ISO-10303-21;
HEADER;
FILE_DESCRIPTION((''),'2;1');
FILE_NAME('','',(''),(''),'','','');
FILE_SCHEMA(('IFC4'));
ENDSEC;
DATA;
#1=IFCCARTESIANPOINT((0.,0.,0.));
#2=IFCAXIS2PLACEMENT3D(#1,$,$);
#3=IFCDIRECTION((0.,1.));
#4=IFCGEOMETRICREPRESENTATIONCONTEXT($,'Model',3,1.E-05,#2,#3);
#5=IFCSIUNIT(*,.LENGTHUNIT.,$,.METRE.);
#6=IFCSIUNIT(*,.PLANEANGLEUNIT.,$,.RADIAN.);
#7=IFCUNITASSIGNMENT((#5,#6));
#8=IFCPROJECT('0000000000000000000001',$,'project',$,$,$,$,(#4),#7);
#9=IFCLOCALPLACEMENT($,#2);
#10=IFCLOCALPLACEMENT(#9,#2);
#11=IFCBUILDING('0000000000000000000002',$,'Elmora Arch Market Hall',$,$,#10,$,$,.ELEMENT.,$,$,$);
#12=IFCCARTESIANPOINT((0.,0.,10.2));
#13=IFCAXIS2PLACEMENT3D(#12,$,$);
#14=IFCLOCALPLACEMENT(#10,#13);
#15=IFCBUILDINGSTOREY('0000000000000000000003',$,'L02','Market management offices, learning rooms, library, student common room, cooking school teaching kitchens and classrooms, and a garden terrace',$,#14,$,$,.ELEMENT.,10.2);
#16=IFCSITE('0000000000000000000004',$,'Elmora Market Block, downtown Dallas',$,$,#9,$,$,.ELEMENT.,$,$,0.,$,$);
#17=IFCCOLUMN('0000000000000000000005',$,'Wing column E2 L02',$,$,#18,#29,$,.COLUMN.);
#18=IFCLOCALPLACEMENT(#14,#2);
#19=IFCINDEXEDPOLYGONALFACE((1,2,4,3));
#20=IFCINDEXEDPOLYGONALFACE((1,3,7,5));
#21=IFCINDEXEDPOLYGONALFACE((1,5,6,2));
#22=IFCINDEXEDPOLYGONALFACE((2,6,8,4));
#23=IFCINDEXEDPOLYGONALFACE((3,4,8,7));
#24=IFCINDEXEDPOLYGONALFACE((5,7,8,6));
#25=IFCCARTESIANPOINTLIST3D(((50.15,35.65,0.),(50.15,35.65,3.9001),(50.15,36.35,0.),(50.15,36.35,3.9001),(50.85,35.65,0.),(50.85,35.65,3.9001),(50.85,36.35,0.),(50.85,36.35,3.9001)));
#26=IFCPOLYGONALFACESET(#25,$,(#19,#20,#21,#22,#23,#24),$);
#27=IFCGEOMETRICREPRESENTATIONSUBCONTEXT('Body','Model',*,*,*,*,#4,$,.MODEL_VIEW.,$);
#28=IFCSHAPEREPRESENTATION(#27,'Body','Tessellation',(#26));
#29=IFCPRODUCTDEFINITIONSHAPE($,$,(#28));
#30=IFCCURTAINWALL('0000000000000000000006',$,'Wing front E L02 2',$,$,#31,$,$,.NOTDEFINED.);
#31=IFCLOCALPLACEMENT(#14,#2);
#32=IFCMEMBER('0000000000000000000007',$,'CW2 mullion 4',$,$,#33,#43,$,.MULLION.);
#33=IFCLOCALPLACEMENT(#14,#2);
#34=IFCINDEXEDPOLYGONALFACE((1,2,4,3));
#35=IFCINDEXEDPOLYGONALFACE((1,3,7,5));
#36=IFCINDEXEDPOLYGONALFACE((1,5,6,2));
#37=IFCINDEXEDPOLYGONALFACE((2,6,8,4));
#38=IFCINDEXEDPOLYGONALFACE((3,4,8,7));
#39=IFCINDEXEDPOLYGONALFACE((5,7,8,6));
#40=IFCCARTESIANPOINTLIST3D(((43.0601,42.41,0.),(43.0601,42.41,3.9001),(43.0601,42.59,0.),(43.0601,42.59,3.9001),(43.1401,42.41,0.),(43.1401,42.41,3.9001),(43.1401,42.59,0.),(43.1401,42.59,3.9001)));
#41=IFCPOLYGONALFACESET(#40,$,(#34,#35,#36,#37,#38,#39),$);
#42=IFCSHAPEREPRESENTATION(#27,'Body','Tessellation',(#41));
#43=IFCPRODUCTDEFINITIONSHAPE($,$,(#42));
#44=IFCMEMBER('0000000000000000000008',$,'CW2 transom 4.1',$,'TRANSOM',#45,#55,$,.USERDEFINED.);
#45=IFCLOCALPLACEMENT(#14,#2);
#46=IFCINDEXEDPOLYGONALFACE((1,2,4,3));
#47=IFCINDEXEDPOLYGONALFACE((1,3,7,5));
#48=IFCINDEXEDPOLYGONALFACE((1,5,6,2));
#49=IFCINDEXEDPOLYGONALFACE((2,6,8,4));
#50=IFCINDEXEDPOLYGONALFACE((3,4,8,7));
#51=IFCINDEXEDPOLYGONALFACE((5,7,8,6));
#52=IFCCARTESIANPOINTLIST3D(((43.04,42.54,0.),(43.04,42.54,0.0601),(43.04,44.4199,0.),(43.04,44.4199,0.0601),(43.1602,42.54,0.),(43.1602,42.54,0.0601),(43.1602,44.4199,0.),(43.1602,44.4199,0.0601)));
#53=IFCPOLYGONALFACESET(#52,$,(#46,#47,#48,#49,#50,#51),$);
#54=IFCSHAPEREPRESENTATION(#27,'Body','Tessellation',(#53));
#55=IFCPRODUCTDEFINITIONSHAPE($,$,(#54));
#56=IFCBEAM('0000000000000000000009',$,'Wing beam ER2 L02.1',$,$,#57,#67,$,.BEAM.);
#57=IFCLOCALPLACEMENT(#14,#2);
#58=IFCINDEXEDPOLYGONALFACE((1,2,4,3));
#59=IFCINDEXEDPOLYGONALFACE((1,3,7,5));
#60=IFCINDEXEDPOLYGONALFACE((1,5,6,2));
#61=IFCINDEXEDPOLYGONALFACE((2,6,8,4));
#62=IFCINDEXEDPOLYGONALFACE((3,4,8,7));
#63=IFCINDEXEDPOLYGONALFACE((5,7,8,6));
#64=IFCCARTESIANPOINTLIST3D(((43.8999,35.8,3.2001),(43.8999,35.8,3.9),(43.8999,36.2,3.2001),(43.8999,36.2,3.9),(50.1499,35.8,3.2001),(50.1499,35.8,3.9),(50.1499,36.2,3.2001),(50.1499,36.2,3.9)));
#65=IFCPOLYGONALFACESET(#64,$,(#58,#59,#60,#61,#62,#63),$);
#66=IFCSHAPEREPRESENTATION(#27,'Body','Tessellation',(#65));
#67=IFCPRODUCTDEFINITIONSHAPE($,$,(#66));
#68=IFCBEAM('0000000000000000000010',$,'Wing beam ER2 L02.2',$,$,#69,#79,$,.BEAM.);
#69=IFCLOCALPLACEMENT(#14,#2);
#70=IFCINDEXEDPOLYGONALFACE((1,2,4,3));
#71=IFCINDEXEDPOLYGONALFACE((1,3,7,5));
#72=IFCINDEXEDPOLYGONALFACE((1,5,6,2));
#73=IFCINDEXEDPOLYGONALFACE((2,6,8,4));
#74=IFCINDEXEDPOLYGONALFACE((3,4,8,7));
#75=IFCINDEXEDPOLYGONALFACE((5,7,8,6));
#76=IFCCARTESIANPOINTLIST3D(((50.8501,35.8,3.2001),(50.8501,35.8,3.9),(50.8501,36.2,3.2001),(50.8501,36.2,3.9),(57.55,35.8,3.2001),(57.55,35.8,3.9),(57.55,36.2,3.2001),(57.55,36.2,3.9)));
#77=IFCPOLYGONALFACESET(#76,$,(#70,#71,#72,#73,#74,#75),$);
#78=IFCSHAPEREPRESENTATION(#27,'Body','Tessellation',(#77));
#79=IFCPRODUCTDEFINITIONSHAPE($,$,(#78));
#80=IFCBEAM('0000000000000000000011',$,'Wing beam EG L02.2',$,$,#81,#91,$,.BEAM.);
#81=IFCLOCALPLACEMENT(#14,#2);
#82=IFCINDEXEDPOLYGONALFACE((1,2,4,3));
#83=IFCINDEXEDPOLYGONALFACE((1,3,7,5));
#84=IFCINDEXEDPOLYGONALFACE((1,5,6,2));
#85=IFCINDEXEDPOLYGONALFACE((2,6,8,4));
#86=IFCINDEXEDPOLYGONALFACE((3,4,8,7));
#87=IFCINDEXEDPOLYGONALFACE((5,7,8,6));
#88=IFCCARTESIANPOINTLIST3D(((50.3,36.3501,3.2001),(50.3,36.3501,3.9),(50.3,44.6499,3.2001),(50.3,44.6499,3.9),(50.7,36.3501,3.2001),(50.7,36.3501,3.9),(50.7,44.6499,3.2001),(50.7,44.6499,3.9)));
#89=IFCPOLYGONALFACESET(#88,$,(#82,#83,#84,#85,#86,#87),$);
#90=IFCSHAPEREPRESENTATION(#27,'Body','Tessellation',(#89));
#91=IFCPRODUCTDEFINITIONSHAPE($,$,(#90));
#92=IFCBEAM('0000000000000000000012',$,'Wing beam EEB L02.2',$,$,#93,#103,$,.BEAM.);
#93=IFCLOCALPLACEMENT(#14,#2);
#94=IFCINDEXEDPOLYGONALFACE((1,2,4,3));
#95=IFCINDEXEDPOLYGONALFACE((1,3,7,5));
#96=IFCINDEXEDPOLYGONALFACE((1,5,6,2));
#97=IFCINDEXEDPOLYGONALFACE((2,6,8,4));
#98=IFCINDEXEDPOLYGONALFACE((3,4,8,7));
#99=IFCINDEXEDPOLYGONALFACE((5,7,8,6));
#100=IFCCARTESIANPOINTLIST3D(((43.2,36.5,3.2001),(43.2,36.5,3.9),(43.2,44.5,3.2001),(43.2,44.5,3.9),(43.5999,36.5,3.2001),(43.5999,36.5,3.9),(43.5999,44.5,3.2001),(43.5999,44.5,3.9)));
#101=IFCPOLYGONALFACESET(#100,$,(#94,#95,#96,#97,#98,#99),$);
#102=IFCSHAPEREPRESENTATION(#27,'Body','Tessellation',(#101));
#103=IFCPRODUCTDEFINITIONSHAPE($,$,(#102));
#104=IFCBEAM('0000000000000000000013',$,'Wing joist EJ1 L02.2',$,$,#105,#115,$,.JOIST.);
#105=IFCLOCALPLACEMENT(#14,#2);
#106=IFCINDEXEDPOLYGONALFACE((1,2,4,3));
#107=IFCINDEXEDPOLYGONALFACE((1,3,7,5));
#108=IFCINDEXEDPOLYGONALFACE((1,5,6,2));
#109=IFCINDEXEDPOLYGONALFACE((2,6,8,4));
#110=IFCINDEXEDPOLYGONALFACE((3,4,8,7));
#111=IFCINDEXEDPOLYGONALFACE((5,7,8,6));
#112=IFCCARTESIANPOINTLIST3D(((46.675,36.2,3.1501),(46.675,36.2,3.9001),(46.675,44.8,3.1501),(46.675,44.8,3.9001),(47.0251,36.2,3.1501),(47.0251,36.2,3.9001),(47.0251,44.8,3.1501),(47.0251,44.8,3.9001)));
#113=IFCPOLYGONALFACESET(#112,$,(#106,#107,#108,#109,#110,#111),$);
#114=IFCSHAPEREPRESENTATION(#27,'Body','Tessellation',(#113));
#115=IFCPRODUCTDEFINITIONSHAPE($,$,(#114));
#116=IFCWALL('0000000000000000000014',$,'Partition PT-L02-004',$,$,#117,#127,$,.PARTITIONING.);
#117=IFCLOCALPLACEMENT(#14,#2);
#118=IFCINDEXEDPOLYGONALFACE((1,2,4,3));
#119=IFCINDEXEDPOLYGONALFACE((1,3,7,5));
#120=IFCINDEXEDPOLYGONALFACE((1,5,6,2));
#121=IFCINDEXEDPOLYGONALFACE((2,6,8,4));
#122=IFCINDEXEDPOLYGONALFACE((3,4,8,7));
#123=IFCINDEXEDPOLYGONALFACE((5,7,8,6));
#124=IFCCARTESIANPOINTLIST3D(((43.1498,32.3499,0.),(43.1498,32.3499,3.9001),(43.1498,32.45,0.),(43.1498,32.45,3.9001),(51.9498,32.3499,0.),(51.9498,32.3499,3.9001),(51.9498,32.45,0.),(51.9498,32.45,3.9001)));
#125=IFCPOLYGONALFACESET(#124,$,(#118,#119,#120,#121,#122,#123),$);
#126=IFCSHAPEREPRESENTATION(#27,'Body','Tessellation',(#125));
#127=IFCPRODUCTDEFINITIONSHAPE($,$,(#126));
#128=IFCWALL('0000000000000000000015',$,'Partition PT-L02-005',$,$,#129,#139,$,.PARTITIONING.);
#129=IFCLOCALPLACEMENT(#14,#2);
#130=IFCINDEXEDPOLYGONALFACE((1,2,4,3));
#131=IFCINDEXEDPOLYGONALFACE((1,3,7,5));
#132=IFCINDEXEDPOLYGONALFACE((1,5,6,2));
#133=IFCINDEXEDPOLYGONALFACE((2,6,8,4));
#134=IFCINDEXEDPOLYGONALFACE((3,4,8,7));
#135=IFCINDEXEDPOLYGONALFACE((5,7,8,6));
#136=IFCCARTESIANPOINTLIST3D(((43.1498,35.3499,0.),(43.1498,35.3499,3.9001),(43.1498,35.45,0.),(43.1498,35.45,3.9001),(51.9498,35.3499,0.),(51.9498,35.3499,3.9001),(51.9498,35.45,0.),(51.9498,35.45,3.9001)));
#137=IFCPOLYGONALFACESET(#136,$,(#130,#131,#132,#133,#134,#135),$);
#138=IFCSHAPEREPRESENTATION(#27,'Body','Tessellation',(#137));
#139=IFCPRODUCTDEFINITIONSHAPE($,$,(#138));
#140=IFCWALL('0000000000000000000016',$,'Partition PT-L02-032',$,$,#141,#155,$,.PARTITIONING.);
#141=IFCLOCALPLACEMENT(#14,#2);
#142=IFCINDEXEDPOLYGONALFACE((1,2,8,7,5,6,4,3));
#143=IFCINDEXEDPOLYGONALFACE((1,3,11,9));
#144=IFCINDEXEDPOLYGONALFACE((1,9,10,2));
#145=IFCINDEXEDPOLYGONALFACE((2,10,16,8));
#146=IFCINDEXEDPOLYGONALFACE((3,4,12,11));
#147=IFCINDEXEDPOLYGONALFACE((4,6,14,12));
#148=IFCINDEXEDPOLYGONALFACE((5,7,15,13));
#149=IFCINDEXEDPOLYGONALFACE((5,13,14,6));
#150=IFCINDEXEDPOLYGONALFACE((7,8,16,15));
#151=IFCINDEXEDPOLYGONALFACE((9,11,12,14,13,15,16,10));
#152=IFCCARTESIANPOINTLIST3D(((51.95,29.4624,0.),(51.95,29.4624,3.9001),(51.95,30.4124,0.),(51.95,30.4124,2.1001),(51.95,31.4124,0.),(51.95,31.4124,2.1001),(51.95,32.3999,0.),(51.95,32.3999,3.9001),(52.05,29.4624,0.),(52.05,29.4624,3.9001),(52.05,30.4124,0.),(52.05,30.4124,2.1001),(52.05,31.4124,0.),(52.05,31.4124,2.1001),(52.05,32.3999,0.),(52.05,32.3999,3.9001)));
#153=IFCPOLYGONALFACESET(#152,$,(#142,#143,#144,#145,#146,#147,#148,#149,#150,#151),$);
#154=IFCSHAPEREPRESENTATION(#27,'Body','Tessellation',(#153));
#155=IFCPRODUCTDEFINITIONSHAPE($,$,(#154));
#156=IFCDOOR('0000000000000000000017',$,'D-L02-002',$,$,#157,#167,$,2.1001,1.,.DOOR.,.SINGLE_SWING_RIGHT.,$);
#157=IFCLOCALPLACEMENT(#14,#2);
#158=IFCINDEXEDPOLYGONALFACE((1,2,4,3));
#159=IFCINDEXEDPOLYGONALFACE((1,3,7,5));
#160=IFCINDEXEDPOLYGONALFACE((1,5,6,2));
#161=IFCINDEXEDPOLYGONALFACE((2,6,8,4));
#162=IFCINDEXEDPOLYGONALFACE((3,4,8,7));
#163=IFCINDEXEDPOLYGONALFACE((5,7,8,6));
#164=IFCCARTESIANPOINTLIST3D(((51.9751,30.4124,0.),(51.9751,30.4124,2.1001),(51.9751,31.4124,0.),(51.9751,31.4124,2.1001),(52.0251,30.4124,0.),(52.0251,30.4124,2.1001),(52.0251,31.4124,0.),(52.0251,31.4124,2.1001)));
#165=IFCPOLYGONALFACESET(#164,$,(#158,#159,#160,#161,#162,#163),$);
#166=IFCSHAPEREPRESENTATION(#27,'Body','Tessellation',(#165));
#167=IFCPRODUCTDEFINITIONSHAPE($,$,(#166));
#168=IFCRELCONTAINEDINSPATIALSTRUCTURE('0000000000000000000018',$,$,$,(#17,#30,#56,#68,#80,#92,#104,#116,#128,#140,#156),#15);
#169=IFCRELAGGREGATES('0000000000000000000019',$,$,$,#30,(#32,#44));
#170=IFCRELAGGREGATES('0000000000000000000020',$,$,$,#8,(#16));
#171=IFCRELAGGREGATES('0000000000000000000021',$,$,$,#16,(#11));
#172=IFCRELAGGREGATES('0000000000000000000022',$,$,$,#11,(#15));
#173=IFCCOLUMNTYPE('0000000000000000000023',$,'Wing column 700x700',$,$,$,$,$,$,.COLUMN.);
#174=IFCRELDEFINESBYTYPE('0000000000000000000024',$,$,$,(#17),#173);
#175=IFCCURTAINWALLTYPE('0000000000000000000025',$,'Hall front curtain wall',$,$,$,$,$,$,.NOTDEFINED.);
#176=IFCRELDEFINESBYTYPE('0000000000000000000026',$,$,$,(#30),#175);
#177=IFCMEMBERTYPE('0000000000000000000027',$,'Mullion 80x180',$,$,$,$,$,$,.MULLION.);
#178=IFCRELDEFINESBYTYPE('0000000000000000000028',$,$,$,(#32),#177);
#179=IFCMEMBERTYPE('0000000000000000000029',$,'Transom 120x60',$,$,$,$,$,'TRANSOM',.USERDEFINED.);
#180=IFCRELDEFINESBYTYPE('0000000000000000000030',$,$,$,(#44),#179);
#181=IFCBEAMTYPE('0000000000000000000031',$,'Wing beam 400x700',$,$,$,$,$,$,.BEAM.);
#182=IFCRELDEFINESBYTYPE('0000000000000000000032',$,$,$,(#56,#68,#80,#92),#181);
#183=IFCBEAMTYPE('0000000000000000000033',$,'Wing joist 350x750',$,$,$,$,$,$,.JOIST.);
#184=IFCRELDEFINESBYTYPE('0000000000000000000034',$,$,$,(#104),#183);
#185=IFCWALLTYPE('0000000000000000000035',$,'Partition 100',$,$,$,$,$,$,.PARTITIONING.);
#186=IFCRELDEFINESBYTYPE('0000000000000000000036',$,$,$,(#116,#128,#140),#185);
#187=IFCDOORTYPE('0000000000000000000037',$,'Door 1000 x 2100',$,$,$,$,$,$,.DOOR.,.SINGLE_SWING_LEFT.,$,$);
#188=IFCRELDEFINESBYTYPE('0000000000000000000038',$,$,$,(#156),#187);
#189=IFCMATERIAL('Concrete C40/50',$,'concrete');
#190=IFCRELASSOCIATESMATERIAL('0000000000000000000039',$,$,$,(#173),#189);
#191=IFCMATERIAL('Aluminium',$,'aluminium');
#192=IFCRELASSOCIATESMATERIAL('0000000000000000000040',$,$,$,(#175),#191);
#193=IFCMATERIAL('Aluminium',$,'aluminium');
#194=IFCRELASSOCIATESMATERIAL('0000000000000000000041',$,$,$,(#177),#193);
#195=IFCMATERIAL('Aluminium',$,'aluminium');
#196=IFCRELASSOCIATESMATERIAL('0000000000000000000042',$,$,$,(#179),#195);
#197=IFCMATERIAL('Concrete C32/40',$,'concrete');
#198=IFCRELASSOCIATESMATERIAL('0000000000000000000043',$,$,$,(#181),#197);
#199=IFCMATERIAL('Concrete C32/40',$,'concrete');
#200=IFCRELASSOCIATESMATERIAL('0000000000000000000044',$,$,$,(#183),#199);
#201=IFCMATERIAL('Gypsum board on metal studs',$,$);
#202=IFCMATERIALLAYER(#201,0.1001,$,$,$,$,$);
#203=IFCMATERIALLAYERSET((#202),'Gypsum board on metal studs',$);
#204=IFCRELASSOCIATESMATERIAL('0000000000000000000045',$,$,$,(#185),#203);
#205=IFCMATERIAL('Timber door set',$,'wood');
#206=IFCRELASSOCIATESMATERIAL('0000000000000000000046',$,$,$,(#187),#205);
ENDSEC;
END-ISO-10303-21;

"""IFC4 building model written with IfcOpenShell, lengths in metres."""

from ifc_helpers import new_model, si_unit, direction, frame, frame_2d, origin, origin_2d, place, context, subcontext, project, spatial, rectangle, extrude, material, layer, layer_set, material_profile, profile_set, type_object, element, fill, aggregate, save


model = new_model("IFC4")

# Units and contexts
model_context = context("Model", 3, precision=1e-05, world=origin(), true_north=direction((0.0, 1.0)))
body_context = subcontext(model_context, "Body", "Model", "MODEL_VIEW")
ifc_project = project(units=[si_unit("LENGTHUNIT", "METRE"), si_unit("PLANEANGLEUNIT", "RADIAN")], contexts=[model_context])

# Site, building, storey
site_placement = place(None, origin())
site = spatial("IfcSite", under=ifc_project, at=site_placement, Name="Elmora Market Block, downtown Dallas", CompositionType="ELEMENT", RefElevation=0.0)
building_placement = place(site_placement, origin())
building = spatial("IfcBuilding", under=site, at=building_placement, Name="Elmora Arch Market Hall", CompositionType="ELEMENT")
storey_placement = place(building_placement, frame((0.0, 0.0, 10.2)))
storey = spatial("IfcBuildingStorey", under=building, at=storey_placement, Name="L02", Description="Market management offices, learning rooms, library, student common room, cooking school teaching kitchens and classrooms, and a garden terrace", CompositionType="ELEMENT", Elevation=10.2)

# Column
ifc_material_1 = material(Name="Concrete C40/50", Category="concrete")
ifc_material_profile_1 = material_profile(ifc_material_1, rectangle(XDim=0.7, YDim=0.7, at=origin_2d()), Name="Wing column 700x700")
ifc_profile_set_1 = profile_set([ifc_material_profile_1], Name="Concrete C40/50")
column_type = type_object("IfcColumnType", Name="Wing column 700x700", PredefinedType="COLUMN", material=ifc_profile_set_1)
column_placement = place(storey_placement, frame((50.5, 36.0, 0.0), z_axis=(0.0, 0.0, 1.0), x_axis=(1.0, 0.0, 0.0)))
element("IfcColumn", 1, at=column_placement, inside=storey, type_object=column_type, Name="Wing column E2 L02", PredefinedType="COLUMN", context=body_context, shape_type="SweptSolid", body=[
    extrude(rectangle(XDim=0.7, YDim=0.7, at=origin_2d()), origin(), (0.0, 0.0, 1.0), 3.9001),
])

# Curtain wall, members
ifc_material_2 = material(Name="Aluminium", Category="aluminium")
curtain_wall_type = type_object("IfcCurtainWallType", Name="Hall front curtain wall", PredefinedType="NOTDEFINED", material=ifc_material_2)
curtain_wall_placement = place(storey_placement, origin())
curtain_wall = element("IfcCurtainWall", 2, at=curtain_wall_placement, inside=storey, type_object=curtain_wall_type, Name="Wing front E L02 2", PredefinedType="NOTDEFINED")
ifc_material_3 = material(Name="Aluminium", Category="aluminium")
ifc_material_profile_2 = material_profile(ifc_material_3, rectangle(XDim=0.0801, YDim=0.1799, at=origin_2d()), Name="AL 80x180")
ifc_profile_set_2 = profile_set([ifc_material_profile_2], Name="Aluminium")
member_type_1 = type_object("IfcMemberType", Name="Mullion 80x180", PredefinedType="MULLION", material=ifc_profile_set_2)
member_1_placement = place(storey_placement, frame((43.1001, 42.5, 0.0), z_axis=(0.0, 0.0, 1.0), x_axis=(-1.0, 0.0, 0.0)))
member_1 = element("IfcMember", 3, at=member_1_placement, type_object=member_type_1, Name="CW2 mullion 4", PredefinedType="MULLION", context=body_context, shape_type="SweptSolid", body=[
    extrude(rectangle(XDim=0.0801, YDim=0.1799, at=origin_2d()), origin(), (0.0, 0.0, 1.0), 3.9001),
])
ifc_material_4 = material(Name="Aluminium", Category="aluminium")
ifc_material_profile_3 = material_profile(ifc_material_4, rectangle(XDim=0.1201, YDim=0.0601, at=origin_2d()), Name="AL 120x60")
ifc_profile_set_3 = profile_set([ifc_material_profile_3], Name="Aluminium")
member_type_2 = type_object("IfcMemberType", Name="Transom 120x60", ElementType="TRANSOM", PredefinedType="USERDEFINED", material=ifc_profile_set_3)
member_2_placement = place(storey_placement, frame((43.1001, 42.54, 0.03), z_axis=(0.0, 1.0, 0.0), x_axis=(-1.0, 0.0, 0.0)))
member_2 = element("IfcMember", 4, at=member_2_placement, type_object=member_type_2, Name="CW2 transom 4.1", ObjectType="TRANSOM", PredefinedType="USERDEFINED", context=body_context, shape_type="SweptSolid", body=[
    extrude(rectangle(XDim=0.1201, YDim=0.0601, at=origin_2d()), origin(), (0.0, 0.0, 1.0), 1.8799),
])
aggregate(curtain_wall, [member_1, member_2])

# Beams
ifc_material_5 = material(Name="Concrete C32/40", Category="concrete")
ifc_material_profile_4 = material_profile(ifc_material_5, rectangle(XDim=0.3999, YDim=0.7, at=origin_2d()), Name="Wing beam 400x700")
ifc_profile_set_4 = profile_set([ifc_material_profile_4], Name="Concrete C32/40")
beam_type_1 = type_object("IfcBeamType", Name="Wing beam 400x700", PredefinedType="BEAM", material=ifc_profile_set_4)
beam_1_placement = place(storey_placement, frame((43.8999, 36.0, 3.55), z_axis=(1.0, 0.0, 0.0), x_axis=(0.0, 1.0, 0.0)))
element("IfcBeam", 5, at=beam_1_placement, inside=storey, type_object=beam_type_1, Name="Wing beam ER2 L02.1", PredefinedType="BEAM", context=body_context, shape_type="SweptSolid", body=[
    extrude(rectangle(XDim=0.3999, YDim=0.7, at=origin_2d()), origin(), (0.0, 0.0, 1.0), 6.25),
])
beam_2_placement = place(storey_placement, frame((50.8501, 36.0, 3.55), z_axis=(1.0, 0.0, 0.0), x_axis=(0.0, 1.0, 0.0)))
element("IfcBeam", 6, at=beam_2_placement, inside=storey, type_object=beam_type_1, Name="Wing beam ER2 L02.2", PredefinedType="BEAM", context=body_context, shape_type="SweptSolid", body=[
    extrude(rectangle(XDim=0.3999, YDim=0.7, at=origin_2d()), origin(), (0.0, 0.0, 1.0), 6.7),
])
beam_3_placement = place(storey_placement, frame((50.5, 36.3501, 3.55), z_axis=(0.0, 1.0, 0.0), x_axis=(-1.0, 0.0, 0.0)))
element("IfcBeam", 7, at=beam_3_placement, inside=storey, type_object=beam_type_1, Name="Wing beam EG L02.2", PredefinedType="BEAM", context=body_context, shape_type="SweptSolid", body=[
    extrude(rectangle(XDim=0.3999, YDim=0.7, at=origin_2d()), origin(), (0.0, 0.0, 1.0), 8.2998),
])
beam_4_placement = place(storey_placement, frame((43.3999, 36.5, 3.55), z_axis=(0.0, 1.0, 0.0), x_axis=(-1.0, 0.0, 0.0)))
element("IfcBeam", 8, at=beam_4_placement, inside=storey, type_object=beam_type_1, Name="Wing beam EEB L02.2", PredefinedType="BEAM", context=body_context, shape_type="SweptSolid", body=[
    extrude(rectangle(XDim=0.3999, YDim=0.7, at=origin_2d()), origin(), (0.0, 0.0, 1.0), 8.0),
])
ifc_material_6 = material(Name="Concrete C32/40", Category="concrete")
ifc_material_profile_5 = material_profile(ifc_material_6, rectangle(XDim=0.3501, YDim=0.75, at=origin_2d()), Name="Wing joist 350x750")
ifc_profile_set_5 = profile_set([ifc_material_profile_5], Name="Concrete C32/40")
beam_type_2 = type_object("IfcBeamType", Name="Wing joist 350x750", PredefinedType="JOIST", material=ifc_profile_set_5)
beam_5_placement = place(storey_placement, frame((46.8501, 36.2, 3.5251), z_axis=(0.0, 1.0, 0.0), x_axis=(-1.0, 0.0, 0.0)))
element("IfcBeam", 9, at=beam_5_placement, inside=storey, type_object=beam_type_2, Name="Wing joist EJ1 L02.2", PredefinedType="JOIST", context=body_context, shape_type="SweptSolid", body=[
    extrude(rectangle(XDim=0.3501, YDim=0.75, at=origin_2d()), origin(), (0.0, 0.0, 1.0), 8.6001),
])

# Walls
ifc_material_7 = material(Name="Gypsum board on metal studs")
ifc_layer_1 = layer(ifc_material_7, 0.1001)
ifc_layer_set_1 = layer_set([ifc_layer_1], Name="Gypsum board on metal studs")
wall_type_1 = type_object("IfcWallType", Name="Partition 100", PredefinedType="PARTITIONING", material=ifc_layer_set_1)
for number, where, z_axis, x_axis, name in (
    (10, (43.1499, 32.3999, 0.0), (0.0, 0.0, 1.0), (1.0, 0.0, 0.0), "Partition PT-L02-004"),
    (11, (43.1499, 35.3999, 0.0), (0.0, 0.0, 1.0), (1.0, 0.0, 0.0), "Partition PT-L02-005"),
):
    element("IfcWall", number, at=place(storey_placement, frame(where, z_axis=z_axis, x_axis=x_axis)), inside=storey, type_object=wall_type_1, Name=name, PredefinedType="PARTITIONING", context=body_context, shape_type="SweptSolid", body=[
        extrude(rectangle(XDim=8.8, YDim=0.1001, at=frame_2d((4.3999, 0.0))), origin(), (0.0, 0.0, 1.0), 3.9001),
    ])

# Wall, opening, door
wall_1_placement = place(storey_placement, frame((52.0, 29.4624, 0.0), z_axis=(0.0, 0.0, 1.0), x_axis=(0.0, 1.0, 0.0)))
wall_1 = element("IfcWall", 12, at=wall_1_placement, inside=storey, type_object=wall_type_1, Name="Partition PT-L02-032", PredefinedType="PARTITIONING", context=body_context, shape_type="SweptSolid", body=[
    extrude(rectangle(XDim=2.9375, YDim=0.1001, at=frame_2d((1.4688, 0.0))), origin(), (0.0, 0.0, 1.0), 3.9001),
])
opening_1_placement = place(wall_1_placement, frame((0.95, 0.0, 0.0)))
opening_1 = element("IfcOpeningElement", 13, at=opening_1_placement, cuts=wall_1, PredefinedType="OPENING", context=body_context, shape_type="SweptSolid", body=[
    extrude(rectangle(XDim=1.0, YDim=2.1001, at=frame_2d((0.5, 1.05))), frame((0.0, 0.0601, 0.0), z_axis=(0.0, -1.0, 0.0), x_axis=(1.0, 0.0, 0.0)), (0.0, 0.0, 1.0), 0.1201),
])
ifc_material_8 = material(Name="Timber door set", Category="wood")
door_type_1 = type_object("IfcDoorType", Name="Door 1000 x 2100", OperationType="SINGLE_SWING_LEFT", PredefinedType="DOOR", material=ifc_material_8)
door_1_placement = place(opening_1_placement, origin())
door_1 = element("IfcDoor", 14, at=door_1_placement, inside=storey, type_object=door_type_1, Name="D-L02-002", OperationType="SINGLE_SWING_RIGHT", OverallHeight=2.1001, OverallWidth=1.0, PredefinedType="DOOR", context=body_context, shape_type="SweptSolid", body=[
    extrude(rectangle(XDim=1.0, YDim=2.1001, at=frame_2d((0.5, 1.05))), frame((0.0, 0.0249, 0.0), z_axis=(0.0, -1.0, 0.0), x_axis=(1.0, 0.0, 0.0)), (0.0, 0.0, 1.0), 0.05),
])
fill(opening_1, door_1)

save(model, "model.ifc")
